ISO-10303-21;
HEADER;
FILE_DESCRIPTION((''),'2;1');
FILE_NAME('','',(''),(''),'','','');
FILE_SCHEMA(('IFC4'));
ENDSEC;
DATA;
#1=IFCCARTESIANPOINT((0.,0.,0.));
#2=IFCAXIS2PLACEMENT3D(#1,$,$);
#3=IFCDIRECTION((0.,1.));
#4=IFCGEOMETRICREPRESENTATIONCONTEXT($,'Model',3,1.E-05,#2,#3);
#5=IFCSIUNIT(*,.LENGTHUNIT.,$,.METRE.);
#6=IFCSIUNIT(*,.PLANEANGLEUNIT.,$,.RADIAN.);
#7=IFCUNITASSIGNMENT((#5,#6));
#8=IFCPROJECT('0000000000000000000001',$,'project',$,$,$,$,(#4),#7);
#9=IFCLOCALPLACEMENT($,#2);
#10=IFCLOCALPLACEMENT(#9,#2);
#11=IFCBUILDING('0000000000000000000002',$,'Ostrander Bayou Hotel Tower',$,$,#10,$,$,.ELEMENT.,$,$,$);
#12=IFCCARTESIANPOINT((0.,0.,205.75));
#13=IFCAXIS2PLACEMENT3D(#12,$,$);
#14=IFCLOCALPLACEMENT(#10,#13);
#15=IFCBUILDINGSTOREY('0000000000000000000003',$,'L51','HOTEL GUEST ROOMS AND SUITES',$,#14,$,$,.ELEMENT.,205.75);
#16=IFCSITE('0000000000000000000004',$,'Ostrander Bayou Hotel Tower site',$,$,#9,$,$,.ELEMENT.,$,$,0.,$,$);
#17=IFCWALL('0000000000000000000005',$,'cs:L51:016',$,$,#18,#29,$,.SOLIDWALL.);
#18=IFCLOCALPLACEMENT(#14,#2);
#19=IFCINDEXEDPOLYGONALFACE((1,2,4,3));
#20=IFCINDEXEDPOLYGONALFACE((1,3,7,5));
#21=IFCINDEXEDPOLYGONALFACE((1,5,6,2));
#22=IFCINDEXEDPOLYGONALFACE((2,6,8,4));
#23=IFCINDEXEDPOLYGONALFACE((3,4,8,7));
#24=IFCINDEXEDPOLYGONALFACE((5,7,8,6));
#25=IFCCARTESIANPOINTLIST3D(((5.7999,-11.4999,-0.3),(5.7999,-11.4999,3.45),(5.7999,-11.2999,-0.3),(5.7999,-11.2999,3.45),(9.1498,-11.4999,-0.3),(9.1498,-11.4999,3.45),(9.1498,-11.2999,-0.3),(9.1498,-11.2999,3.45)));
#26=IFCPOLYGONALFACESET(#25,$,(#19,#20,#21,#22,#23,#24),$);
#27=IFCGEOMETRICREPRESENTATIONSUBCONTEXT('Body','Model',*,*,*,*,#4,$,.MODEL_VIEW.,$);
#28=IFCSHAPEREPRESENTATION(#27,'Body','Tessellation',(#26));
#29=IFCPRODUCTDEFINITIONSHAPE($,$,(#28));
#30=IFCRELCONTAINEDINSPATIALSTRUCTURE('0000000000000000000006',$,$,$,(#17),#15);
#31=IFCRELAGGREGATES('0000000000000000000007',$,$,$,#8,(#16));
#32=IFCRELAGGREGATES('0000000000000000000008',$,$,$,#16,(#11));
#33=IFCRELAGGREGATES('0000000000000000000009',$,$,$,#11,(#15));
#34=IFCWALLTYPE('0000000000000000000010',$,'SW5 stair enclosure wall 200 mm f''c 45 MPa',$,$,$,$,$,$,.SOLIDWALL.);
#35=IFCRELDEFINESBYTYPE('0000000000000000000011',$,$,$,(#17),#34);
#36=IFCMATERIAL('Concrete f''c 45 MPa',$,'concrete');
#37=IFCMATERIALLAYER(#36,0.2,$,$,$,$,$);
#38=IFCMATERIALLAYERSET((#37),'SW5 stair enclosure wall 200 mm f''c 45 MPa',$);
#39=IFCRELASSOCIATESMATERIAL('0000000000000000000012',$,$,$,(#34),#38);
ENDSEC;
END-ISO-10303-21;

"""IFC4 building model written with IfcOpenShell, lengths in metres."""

from ifc_helpers import new_model, si_unit, direction, frame, frame_2d, origin, place, context, subcontext, project, spatial, rectangle, extrude, material, layer, layer_set, type_object, element, save


model = new_model("IFC4")

# Units and contexts
model_context = context("Model", 3, precision=1e-05, world=origin(), true_north=direction((0.0, 1.0)))
body_context = subcontext(model_context, "Body", "Model", "MODEL_VIEW")
ifc_project = project(units=[si_unit("LENGTHUNIT", "METRE"), si_unit("PLANEANGLEUNIT", "RADIAN")], contexts=[model_context])

# Site, building, storey
site_placement = place(None, origin())
site = spatial("IfcSite", under=ifc_project, at=site_placement, Name="Ostrander Bayou Hotel Tower site", CompositionType="ELEMENT", RefElevation=0.0)
building_placement = place(site_placement, origin())
building = spatial("IfcBuilding", under=site, at=building_placement, Name="Ostrander Bayou Hotel Tower", CompositionType="ELEMENT")
storey_placement = place(building_placement, frame((0.0, 0.0, 205.75)))
storey = spatial("IfcBuildingStorey", under=building, at=storey_placement, Name="L51", Description="HOTEL GUEST ROOMS AND SUITES", CompositionType="ELEMENT", Elevation=205.75)

# Wall
ifc_material_1 = material(Name="Concrete f'c 45 MPa", Category="concrete")
ifc_layer_1 = layer(ifc_material_1, 0.2)
ifc_layer_set_1 = layer_set([ifc_layer_1], Name="SW5 stair enclosure wall 200 mm f'c 45 MPa")
wall_type_1 = type_object("IfcWallType", Name="SW5 stair enclosure wall 200 mm f'c 45 MPa", PredefinedType="SOLIDWALL", material=ifc_layer_set_1)
wall_1_placement = place(storey_placement, frame((5.8, -11.3999, -0.3), z_axis=(0.0, 0.0, 1.0), x_axis=(1.0, 0.0, 0.0)))
element("IfcWall", 1, at=wall_1_placement, inside=storey, type_object=wall_type_1, Name="cs:L51:016", PredefinedType="SOLIDWALL", context=body_context, shape_type="SweptSolid", body=[
    extrude(rectangle(XDim=3.3499, YDim=0.2, at=frame_2d((1.6748, 0.0))), origin(), (0.0, 0.0, 1.0), 3.75),
])

save(model, "model.ifc")
